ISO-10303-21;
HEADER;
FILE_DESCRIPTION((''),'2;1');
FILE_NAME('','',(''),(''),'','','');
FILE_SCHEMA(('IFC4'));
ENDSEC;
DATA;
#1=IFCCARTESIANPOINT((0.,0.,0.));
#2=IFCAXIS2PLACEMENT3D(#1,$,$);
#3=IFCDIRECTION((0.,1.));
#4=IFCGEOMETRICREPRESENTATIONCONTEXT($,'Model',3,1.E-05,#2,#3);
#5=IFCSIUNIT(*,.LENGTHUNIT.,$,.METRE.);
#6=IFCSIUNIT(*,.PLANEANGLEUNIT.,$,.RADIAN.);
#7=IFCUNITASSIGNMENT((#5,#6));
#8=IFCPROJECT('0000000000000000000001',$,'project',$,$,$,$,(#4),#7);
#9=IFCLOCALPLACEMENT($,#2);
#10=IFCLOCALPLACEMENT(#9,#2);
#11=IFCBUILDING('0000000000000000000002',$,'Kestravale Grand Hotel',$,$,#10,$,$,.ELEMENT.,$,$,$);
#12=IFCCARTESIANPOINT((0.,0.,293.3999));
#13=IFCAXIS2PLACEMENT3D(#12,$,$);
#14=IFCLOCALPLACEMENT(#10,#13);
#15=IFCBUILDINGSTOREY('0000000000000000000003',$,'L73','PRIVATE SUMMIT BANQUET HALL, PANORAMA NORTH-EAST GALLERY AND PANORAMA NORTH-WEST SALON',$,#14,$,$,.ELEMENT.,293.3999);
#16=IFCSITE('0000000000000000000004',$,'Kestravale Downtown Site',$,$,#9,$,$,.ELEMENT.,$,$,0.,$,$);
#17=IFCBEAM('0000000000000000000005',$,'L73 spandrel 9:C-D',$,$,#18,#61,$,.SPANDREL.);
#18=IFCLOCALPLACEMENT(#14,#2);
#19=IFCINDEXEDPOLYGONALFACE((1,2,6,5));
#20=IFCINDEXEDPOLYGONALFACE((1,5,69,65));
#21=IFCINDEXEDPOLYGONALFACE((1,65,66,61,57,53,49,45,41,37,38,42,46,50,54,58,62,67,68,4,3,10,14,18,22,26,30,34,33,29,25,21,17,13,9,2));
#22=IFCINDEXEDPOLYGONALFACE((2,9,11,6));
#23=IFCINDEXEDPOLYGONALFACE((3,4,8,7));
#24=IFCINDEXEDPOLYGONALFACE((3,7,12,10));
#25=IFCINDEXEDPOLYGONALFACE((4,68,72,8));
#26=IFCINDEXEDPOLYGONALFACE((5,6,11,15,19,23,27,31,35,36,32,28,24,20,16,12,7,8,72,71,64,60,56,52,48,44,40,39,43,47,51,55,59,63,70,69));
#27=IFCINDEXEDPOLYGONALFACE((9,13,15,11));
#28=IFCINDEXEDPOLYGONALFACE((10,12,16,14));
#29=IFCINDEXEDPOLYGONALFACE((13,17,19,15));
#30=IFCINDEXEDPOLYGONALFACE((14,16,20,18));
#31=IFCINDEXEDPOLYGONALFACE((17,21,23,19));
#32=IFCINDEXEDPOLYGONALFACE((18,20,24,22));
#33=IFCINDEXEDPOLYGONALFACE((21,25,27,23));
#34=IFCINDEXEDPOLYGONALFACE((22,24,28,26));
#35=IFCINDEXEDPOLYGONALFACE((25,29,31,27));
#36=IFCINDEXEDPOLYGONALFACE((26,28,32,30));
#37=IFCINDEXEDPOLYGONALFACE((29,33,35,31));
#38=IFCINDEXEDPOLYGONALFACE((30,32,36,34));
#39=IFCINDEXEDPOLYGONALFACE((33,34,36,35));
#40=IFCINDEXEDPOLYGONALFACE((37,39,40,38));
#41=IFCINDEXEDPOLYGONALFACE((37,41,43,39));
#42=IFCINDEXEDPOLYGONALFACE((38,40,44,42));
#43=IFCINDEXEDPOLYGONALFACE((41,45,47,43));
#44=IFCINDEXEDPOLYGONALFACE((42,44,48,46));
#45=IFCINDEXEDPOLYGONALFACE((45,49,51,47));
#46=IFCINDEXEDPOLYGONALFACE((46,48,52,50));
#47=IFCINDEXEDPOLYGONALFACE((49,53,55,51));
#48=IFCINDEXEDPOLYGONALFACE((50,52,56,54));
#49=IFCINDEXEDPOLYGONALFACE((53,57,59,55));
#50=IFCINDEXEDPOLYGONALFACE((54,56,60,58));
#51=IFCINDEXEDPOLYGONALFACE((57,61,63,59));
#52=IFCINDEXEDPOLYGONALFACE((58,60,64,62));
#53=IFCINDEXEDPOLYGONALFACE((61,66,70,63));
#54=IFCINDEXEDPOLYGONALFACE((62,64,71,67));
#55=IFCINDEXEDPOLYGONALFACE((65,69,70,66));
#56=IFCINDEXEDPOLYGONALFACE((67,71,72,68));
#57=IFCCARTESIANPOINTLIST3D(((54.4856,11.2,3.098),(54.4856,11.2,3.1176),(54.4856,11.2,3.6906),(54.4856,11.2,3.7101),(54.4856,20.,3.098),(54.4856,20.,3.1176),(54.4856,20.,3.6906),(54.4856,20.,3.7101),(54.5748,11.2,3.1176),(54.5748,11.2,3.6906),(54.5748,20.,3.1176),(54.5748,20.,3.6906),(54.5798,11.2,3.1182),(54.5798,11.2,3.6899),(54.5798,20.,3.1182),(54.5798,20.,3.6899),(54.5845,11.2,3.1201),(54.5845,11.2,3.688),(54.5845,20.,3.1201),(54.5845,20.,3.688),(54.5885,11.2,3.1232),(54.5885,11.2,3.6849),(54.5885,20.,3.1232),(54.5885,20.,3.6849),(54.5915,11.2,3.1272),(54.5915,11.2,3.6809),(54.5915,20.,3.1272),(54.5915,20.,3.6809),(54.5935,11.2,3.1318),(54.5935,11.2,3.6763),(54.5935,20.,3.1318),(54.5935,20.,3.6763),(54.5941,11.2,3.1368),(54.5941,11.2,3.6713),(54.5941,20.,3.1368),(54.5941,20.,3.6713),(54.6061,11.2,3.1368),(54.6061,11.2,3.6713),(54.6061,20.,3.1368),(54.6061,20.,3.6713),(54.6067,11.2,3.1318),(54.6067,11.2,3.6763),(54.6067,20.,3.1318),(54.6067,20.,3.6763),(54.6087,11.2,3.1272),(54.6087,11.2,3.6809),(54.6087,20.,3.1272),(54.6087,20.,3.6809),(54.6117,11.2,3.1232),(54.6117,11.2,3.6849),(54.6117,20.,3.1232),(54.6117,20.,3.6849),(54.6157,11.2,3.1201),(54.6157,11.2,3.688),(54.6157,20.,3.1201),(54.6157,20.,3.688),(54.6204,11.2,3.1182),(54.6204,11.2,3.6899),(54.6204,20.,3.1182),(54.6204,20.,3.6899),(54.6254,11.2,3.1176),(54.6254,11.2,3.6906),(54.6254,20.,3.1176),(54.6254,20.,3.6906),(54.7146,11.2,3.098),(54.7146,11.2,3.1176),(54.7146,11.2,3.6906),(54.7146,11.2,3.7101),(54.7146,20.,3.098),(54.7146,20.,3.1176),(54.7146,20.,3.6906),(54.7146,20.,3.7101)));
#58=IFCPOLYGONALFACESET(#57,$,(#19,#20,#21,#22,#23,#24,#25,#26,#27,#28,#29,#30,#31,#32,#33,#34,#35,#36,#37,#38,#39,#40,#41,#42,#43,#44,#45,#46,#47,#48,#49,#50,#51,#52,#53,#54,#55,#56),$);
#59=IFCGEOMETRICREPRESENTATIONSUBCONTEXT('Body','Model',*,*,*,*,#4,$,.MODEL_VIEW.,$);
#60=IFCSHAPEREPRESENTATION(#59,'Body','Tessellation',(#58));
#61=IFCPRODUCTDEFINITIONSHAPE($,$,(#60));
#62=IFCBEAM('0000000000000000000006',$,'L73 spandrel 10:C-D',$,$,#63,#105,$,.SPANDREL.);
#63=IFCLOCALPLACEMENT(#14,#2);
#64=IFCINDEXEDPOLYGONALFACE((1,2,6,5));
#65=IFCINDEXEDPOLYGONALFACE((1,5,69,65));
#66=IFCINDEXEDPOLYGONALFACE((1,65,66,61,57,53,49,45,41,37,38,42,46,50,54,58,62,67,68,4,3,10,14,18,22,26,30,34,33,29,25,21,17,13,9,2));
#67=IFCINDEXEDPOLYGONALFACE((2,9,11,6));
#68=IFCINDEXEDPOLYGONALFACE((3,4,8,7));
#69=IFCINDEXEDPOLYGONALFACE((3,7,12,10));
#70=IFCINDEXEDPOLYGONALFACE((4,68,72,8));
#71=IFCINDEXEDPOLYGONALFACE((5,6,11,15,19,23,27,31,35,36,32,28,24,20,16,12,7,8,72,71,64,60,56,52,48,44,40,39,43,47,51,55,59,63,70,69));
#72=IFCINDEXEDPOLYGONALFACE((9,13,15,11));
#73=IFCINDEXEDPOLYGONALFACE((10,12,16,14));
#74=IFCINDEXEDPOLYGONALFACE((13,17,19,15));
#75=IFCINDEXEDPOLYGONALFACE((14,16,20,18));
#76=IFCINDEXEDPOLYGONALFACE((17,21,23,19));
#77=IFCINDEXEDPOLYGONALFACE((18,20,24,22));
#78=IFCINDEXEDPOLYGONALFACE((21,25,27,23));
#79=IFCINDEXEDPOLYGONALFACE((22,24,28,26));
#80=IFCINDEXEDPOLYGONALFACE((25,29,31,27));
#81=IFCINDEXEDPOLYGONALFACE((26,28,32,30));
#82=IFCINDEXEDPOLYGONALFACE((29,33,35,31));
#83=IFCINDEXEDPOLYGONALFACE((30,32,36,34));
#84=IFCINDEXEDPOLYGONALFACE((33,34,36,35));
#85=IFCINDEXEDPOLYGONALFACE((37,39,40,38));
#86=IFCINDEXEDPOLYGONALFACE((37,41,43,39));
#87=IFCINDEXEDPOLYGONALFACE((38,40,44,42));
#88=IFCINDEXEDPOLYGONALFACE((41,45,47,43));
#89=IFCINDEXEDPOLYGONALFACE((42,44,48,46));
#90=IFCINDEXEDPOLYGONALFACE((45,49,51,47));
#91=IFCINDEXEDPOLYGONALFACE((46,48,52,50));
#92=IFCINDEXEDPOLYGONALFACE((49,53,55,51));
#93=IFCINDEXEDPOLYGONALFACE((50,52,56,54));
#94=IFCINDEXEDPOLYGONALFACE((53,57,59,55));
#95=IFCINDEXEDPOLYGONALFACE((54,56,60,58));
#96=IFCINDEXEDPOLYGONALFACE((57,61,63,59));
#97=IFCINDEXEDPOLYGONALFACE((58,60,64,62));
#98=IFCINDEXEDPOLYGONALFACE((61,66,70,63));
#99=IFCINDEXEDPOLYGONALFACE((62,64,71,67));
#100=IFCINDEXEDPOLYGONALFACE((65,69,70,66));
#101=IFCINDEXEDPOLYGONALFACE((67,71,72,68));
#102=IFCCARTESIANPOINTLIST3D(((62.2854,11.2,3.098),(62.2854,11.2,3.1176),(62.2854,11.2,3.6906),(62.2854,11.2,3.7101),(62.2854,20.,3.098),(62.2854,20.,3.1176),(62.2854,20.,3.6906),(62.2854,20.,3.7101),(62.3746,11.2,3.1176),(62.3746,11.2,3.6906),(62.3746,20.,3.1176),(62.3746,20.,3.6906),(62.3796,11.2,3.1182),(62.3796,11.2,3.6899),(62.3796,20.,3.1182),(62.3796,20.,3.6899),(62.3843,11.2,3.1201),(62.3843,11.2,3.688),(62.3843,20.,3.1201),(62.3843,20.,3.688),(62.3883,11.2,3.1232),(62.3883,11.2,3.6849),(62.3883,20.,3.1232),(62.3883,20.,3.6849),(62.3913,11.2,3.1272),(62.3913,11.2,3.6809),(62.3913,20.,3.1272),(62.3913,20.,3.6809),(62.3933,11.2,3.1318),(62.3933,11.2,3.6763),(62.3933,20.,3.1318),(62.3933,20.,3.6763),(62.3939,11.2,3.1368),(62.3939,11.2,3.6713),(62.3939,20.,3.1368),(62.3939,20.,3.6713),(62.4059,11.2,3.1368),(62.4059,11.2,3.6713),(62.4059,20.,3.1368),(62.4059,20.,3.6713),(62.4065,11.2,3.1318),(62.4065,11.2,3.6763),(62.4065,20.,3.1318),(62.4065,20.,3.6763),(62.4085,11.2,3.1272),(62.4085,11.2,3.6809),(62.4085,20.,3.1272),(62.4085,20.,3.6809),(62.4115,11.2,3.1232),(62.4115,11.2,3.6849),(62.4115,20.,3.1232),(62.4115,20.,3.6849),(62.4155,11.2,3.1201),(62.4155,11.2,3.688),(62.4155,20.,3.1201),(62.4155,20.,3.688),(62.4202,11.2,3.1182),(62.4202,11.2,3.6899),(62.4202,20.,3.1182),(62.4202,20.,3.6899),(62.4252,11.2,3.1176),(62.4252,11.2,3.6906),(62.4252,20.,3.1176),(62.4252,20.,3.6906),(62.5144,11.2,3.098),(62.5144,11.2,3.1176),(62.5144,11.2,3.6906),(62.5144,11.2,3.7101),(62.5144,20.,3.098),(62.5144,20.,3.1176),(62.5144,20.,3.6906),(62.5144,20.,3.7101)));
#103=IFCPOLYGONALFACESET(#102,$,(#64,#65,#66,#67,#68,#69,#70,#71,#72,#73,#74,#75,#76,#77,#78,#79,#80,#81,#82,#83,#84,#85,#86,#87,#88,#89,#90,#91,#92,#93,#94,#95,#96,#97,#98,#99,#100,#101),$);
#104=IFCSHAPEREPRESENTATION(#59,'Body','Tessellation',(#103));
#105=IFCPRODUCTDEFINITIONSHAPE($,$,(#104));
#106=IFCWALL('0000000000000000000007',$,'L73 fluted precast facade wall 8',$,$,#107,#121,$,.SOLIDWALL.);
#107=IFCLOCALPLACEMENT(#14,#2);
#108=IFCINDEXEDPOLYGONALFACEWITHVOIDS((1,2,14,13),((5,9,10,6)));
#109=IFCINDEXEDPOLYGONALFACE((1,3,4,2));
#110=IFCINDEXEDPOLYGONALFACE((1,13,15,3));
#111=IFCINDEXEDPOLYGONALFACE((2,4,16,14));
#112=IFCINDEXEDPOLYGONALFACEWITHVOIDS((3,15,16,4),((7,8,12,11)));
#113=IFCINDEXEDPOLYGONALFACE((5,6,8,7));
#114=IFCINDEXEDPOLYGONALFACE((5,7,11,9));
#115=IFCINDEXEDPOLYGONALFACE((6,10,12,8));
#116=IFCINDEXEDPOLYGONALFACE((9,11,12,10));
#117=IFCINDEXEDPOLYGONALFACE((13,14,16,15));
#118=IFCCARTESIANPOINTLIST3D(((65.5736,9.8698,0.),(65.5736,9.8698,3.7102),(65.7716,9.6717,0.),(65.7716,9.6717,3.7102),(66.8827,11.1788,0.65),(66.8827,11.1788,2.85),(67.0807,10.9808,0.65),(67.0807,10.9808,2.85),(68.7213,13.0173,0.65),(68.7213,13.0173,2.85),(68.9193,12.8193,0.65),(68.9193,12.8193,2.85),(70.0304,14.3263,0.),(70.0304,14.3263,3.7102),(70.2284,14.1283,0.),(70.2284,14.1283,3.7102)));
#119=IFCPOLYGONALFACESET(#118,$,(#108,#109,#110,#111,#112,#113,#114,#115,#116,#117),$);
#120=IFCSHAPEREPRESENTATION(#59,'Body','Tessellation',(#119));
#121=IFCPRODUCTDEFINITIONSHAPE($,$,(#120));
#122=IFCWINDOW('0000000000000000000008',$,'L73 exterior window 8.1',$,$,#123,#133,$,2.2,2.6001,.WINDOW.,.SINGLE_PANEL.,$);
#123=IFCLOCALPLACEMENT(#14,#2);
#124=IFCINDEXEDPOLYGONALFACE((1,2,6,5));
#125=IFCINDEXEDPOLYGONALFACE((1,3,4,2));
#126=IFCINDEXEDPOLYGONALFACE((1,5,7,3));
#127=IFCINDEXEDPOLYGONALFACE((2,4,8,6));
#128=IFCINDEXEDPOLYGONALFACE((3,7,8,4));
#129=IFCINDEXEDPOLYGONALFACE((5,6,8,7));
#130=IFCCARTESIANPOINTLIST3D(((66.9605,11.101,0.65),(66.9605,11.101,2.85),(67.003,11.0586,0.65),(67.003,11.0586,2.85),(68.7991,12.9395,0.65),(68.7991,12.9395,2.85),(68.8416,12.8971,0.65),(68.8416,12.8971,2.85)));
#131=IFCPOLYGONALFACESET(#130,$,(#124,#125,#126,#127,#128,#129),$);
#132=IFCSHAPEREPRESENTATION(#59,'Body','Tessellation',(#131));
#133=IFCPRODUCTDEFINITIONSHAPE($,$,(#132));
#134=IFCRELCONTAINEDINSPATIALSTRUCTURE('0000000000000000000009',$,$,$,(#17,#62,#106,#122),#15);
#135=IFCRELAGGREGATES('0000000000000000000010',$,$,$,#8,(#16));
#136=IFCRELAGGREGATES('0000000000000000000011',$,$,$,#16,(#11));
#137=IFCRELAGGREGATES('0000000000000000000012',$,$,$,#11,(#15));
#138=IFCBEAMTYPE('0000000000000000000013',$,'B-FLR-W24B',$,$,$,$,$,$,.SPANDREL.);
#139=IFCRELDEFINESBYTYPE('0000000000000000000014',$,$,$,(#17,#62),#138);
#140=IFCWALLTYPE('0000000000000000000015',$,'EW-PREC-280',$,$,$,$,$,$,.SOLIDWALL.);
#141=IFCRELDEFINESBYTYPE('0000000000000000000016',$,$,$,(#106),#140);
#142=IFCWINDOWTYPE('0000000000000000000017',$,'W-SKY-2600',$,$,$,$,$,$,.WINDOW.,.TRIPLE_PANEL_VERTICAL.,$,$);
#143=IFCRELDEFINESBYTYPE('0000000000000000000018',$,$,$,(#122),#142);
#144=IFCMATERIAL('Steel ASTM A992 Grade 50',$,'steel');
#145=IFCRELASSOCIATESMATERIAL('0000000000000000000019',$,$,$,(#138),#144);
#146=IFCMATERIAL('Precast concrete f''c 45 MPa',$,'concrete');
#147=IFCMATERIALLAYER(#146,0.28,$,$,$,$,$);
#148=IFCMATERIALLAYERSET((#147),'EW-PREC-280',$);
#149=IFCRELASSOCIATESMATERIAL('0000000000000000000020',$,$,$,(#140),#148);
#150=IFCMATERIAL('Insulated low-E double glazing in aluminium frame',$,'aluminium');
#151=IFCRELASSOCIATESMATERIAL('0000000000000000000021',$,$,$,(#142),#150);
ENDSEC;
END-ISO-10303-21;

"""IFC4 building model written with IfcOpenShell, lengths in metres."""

from ifc_helpers import new_model, si_unit, direction, frame, frame_2d, origin, origin_2d, place, context, subcontext, project, spatial, rectangle, i_section, extrude, material, layer, layer_set, material_profile, profile_set, type_object, element, fill, save


model = new_model("IFC4")

# Units and contexts
model_context = context("Model", 3, precision=1e-05, world=origin(), true_north=direction((0.0, 1.0)))
body_context = subcontext(model_context, "Body", "Model", "MODEL_VIEW")
ifc_project = project(units=[si_unit("LENGTHUNIT", "METRE"), si_unit("PLANEANGLEUNIT", "RADIAN")], contexts=[model_context])

# Site, building, storey
site_placement = place(None, origin())
site = spatial("IfcSite", under=ifc_project, at=site_placement, Name="Kestravale Downtown Site", CompositionType="ELEMENT", RefElevation=0.0)
building_placement = place(site_placement, origin())
building = spatial("IfcBuilding", under=site, at=building_placement, Name="Kestravale Grand Hotel", CompositionType="ELEMENT")
storey_placement = place(building_placement, frame((0.0, 0.0, 293.3999)))
storey = spatial("IfcBuildingStorey", under=building, at=storey_placement, Name="L73", Description="PRIVATE SUMMIT BANQUET HALL, PANORAMA NORTH-EAST GALLERY AND PANORAMA NORTH-WEST SALON", CompositionType="ELEMENT", Elevation=293.3999)

# Beams
ifc_material_1 = material(Name="Steel ASTM A992 Grade 50", Category="steel")
ifc_material_profile_1 = material_profile(ifc_material_1, i_section(OverallWidth=0.229, OverallDepth=0.6121, WebThickness=0.012, FlangeThickness=0.0195, FilletRadius=0.0193, at=origin_2d()))
ifc_profile_set_1 = profile_set([ifc_material_profile_1], Name="Steel ASTM A992 Grade 50")
beam_type_1 = type_object("IfcBeamType", Name="B-FLR-W24B", PredefinedType="SPANDREL", material=ifc_profile_set_1)
for number, where, z_axis, x_axis, name in (
    (1, (54.6001, 11.2, 3.4041), (0.0, 1.0, 0.0), (-1.0, 0.0, 0.0), "L73 spandrel 9:C-D"),
    (2, (62.3999, 11.2, 3.4041), (0.0, 1.0, 0.0), (-1.0, 0.0, 0.0), "L73 spandrel 10:C-D"),
):
    element("IfcBeam", number, at=place(storey_placement, frame(where, z_axis=z_axis, x_axis=x_axis)), inside=storey, type_object=beam_type_1, Name=name, PredefinedType="SPANDREL", context=body_context, shape_type="SweptSolid", body=[
        extrude(i_section(OverallWidth=0.229, OverallDepth=0.6121, WebThickness=0.012, FlangeThickness=0.0195, FilletRadius=0.0193, at=origin_2d()), origin(), (0.0, 0.0, 1.0), 8.8),
    ])

# Wall, opening, window
ifc_material_2 = material(Name="Precast concrete f'c 45 MPa", Category="concrete")
ifc_layer = layer(ifc_material_2, 0.28)
ifc_layer_set = layer_set([ifc_layer], Name="EW-PREC-280")
wall_type = type_object("IfcWallType", Name="EW-PREC-280", PredefinedType="SOLIDWALL", material=ifc_layer_set)
wall_1_placement = place(storey_placement, frame((65.6726, 9.7708, 0.0), z_axis=(0.0, 0.0, 1.0), x_axis=(0.707126, 0.707087, 0.0)))
wall_1 = element("IfcWall", 3, at=wall_1_placement, inside=storey, type_object=wall_type, Name="L73 fluted precast facade wall 8", PredefinedType="SOLIDWALL", context=body_context, shape_type="SweptSolid", body=[
    extrude(rectangle(XDim=6.3027, YDim=0.28, at=frame_2d((3.1514, 0.0))), origin(), (0.0, 0.0, 1.0), 3.7102),
])
opening_1_placement = place(wall_1_placement, frame((1.8513, 0.0, 0.6499)))
opening_1 = element("IfcOpeningElement", 4, at=opening_1_placement, cuts=wall_1, PredefinedType="OPENING", context=body_context, shape_type="SweptSolid", body=[
    extrude(rectangle(XDim=2.6001, YDim=2.2, at=frame_2d((1.3, 1.1001))), frame((0.0, 0.1499, 0.0), z_axis=(0.0, -1.0, 0.0), x_axis=(1.0, 0.0, 0.0)), (0.0, 0.0, 1.0), 0.3),
])
ifc_material_3 = material(Name="Insulated low-E double glazing in aluminium frame", Category="aluminium")
window_type = type_object("IfcWindowType", Name="W-SKY-2600", PartitioningType="TRIPLE_PANEL_VERTICAL", PredefinedType="WINDOW", material=ifc_material_3)
window_1_placement = place(opening_1_placement, origin())
window_1 = element("IfcWindow", 5, at=window_1_placement, inside=storey, type_object=window_type, Name="L73 exterior window 8.1", OverallHeight=2.2, OverallWidth=2.6001, PartitioningType="SINGLE_PANEL", PredefinedType="WINDOW", context=body_context, shape_type="SweptSolid", body=[
    extrude(rectangle(XDim=2.6001, YDim=2.2, at=frame_2d((1.3, 1.1001))), frame((0.0, 0.03, 0.0), z_axis=(0.0, -1.0, 0.0), x_axis=(1.0, 0.0, 0.0)), (0.0, 0.0, 1.0), 0.0601),
])
fill(opening_1, window_1)

save(model, "model.ifc")
